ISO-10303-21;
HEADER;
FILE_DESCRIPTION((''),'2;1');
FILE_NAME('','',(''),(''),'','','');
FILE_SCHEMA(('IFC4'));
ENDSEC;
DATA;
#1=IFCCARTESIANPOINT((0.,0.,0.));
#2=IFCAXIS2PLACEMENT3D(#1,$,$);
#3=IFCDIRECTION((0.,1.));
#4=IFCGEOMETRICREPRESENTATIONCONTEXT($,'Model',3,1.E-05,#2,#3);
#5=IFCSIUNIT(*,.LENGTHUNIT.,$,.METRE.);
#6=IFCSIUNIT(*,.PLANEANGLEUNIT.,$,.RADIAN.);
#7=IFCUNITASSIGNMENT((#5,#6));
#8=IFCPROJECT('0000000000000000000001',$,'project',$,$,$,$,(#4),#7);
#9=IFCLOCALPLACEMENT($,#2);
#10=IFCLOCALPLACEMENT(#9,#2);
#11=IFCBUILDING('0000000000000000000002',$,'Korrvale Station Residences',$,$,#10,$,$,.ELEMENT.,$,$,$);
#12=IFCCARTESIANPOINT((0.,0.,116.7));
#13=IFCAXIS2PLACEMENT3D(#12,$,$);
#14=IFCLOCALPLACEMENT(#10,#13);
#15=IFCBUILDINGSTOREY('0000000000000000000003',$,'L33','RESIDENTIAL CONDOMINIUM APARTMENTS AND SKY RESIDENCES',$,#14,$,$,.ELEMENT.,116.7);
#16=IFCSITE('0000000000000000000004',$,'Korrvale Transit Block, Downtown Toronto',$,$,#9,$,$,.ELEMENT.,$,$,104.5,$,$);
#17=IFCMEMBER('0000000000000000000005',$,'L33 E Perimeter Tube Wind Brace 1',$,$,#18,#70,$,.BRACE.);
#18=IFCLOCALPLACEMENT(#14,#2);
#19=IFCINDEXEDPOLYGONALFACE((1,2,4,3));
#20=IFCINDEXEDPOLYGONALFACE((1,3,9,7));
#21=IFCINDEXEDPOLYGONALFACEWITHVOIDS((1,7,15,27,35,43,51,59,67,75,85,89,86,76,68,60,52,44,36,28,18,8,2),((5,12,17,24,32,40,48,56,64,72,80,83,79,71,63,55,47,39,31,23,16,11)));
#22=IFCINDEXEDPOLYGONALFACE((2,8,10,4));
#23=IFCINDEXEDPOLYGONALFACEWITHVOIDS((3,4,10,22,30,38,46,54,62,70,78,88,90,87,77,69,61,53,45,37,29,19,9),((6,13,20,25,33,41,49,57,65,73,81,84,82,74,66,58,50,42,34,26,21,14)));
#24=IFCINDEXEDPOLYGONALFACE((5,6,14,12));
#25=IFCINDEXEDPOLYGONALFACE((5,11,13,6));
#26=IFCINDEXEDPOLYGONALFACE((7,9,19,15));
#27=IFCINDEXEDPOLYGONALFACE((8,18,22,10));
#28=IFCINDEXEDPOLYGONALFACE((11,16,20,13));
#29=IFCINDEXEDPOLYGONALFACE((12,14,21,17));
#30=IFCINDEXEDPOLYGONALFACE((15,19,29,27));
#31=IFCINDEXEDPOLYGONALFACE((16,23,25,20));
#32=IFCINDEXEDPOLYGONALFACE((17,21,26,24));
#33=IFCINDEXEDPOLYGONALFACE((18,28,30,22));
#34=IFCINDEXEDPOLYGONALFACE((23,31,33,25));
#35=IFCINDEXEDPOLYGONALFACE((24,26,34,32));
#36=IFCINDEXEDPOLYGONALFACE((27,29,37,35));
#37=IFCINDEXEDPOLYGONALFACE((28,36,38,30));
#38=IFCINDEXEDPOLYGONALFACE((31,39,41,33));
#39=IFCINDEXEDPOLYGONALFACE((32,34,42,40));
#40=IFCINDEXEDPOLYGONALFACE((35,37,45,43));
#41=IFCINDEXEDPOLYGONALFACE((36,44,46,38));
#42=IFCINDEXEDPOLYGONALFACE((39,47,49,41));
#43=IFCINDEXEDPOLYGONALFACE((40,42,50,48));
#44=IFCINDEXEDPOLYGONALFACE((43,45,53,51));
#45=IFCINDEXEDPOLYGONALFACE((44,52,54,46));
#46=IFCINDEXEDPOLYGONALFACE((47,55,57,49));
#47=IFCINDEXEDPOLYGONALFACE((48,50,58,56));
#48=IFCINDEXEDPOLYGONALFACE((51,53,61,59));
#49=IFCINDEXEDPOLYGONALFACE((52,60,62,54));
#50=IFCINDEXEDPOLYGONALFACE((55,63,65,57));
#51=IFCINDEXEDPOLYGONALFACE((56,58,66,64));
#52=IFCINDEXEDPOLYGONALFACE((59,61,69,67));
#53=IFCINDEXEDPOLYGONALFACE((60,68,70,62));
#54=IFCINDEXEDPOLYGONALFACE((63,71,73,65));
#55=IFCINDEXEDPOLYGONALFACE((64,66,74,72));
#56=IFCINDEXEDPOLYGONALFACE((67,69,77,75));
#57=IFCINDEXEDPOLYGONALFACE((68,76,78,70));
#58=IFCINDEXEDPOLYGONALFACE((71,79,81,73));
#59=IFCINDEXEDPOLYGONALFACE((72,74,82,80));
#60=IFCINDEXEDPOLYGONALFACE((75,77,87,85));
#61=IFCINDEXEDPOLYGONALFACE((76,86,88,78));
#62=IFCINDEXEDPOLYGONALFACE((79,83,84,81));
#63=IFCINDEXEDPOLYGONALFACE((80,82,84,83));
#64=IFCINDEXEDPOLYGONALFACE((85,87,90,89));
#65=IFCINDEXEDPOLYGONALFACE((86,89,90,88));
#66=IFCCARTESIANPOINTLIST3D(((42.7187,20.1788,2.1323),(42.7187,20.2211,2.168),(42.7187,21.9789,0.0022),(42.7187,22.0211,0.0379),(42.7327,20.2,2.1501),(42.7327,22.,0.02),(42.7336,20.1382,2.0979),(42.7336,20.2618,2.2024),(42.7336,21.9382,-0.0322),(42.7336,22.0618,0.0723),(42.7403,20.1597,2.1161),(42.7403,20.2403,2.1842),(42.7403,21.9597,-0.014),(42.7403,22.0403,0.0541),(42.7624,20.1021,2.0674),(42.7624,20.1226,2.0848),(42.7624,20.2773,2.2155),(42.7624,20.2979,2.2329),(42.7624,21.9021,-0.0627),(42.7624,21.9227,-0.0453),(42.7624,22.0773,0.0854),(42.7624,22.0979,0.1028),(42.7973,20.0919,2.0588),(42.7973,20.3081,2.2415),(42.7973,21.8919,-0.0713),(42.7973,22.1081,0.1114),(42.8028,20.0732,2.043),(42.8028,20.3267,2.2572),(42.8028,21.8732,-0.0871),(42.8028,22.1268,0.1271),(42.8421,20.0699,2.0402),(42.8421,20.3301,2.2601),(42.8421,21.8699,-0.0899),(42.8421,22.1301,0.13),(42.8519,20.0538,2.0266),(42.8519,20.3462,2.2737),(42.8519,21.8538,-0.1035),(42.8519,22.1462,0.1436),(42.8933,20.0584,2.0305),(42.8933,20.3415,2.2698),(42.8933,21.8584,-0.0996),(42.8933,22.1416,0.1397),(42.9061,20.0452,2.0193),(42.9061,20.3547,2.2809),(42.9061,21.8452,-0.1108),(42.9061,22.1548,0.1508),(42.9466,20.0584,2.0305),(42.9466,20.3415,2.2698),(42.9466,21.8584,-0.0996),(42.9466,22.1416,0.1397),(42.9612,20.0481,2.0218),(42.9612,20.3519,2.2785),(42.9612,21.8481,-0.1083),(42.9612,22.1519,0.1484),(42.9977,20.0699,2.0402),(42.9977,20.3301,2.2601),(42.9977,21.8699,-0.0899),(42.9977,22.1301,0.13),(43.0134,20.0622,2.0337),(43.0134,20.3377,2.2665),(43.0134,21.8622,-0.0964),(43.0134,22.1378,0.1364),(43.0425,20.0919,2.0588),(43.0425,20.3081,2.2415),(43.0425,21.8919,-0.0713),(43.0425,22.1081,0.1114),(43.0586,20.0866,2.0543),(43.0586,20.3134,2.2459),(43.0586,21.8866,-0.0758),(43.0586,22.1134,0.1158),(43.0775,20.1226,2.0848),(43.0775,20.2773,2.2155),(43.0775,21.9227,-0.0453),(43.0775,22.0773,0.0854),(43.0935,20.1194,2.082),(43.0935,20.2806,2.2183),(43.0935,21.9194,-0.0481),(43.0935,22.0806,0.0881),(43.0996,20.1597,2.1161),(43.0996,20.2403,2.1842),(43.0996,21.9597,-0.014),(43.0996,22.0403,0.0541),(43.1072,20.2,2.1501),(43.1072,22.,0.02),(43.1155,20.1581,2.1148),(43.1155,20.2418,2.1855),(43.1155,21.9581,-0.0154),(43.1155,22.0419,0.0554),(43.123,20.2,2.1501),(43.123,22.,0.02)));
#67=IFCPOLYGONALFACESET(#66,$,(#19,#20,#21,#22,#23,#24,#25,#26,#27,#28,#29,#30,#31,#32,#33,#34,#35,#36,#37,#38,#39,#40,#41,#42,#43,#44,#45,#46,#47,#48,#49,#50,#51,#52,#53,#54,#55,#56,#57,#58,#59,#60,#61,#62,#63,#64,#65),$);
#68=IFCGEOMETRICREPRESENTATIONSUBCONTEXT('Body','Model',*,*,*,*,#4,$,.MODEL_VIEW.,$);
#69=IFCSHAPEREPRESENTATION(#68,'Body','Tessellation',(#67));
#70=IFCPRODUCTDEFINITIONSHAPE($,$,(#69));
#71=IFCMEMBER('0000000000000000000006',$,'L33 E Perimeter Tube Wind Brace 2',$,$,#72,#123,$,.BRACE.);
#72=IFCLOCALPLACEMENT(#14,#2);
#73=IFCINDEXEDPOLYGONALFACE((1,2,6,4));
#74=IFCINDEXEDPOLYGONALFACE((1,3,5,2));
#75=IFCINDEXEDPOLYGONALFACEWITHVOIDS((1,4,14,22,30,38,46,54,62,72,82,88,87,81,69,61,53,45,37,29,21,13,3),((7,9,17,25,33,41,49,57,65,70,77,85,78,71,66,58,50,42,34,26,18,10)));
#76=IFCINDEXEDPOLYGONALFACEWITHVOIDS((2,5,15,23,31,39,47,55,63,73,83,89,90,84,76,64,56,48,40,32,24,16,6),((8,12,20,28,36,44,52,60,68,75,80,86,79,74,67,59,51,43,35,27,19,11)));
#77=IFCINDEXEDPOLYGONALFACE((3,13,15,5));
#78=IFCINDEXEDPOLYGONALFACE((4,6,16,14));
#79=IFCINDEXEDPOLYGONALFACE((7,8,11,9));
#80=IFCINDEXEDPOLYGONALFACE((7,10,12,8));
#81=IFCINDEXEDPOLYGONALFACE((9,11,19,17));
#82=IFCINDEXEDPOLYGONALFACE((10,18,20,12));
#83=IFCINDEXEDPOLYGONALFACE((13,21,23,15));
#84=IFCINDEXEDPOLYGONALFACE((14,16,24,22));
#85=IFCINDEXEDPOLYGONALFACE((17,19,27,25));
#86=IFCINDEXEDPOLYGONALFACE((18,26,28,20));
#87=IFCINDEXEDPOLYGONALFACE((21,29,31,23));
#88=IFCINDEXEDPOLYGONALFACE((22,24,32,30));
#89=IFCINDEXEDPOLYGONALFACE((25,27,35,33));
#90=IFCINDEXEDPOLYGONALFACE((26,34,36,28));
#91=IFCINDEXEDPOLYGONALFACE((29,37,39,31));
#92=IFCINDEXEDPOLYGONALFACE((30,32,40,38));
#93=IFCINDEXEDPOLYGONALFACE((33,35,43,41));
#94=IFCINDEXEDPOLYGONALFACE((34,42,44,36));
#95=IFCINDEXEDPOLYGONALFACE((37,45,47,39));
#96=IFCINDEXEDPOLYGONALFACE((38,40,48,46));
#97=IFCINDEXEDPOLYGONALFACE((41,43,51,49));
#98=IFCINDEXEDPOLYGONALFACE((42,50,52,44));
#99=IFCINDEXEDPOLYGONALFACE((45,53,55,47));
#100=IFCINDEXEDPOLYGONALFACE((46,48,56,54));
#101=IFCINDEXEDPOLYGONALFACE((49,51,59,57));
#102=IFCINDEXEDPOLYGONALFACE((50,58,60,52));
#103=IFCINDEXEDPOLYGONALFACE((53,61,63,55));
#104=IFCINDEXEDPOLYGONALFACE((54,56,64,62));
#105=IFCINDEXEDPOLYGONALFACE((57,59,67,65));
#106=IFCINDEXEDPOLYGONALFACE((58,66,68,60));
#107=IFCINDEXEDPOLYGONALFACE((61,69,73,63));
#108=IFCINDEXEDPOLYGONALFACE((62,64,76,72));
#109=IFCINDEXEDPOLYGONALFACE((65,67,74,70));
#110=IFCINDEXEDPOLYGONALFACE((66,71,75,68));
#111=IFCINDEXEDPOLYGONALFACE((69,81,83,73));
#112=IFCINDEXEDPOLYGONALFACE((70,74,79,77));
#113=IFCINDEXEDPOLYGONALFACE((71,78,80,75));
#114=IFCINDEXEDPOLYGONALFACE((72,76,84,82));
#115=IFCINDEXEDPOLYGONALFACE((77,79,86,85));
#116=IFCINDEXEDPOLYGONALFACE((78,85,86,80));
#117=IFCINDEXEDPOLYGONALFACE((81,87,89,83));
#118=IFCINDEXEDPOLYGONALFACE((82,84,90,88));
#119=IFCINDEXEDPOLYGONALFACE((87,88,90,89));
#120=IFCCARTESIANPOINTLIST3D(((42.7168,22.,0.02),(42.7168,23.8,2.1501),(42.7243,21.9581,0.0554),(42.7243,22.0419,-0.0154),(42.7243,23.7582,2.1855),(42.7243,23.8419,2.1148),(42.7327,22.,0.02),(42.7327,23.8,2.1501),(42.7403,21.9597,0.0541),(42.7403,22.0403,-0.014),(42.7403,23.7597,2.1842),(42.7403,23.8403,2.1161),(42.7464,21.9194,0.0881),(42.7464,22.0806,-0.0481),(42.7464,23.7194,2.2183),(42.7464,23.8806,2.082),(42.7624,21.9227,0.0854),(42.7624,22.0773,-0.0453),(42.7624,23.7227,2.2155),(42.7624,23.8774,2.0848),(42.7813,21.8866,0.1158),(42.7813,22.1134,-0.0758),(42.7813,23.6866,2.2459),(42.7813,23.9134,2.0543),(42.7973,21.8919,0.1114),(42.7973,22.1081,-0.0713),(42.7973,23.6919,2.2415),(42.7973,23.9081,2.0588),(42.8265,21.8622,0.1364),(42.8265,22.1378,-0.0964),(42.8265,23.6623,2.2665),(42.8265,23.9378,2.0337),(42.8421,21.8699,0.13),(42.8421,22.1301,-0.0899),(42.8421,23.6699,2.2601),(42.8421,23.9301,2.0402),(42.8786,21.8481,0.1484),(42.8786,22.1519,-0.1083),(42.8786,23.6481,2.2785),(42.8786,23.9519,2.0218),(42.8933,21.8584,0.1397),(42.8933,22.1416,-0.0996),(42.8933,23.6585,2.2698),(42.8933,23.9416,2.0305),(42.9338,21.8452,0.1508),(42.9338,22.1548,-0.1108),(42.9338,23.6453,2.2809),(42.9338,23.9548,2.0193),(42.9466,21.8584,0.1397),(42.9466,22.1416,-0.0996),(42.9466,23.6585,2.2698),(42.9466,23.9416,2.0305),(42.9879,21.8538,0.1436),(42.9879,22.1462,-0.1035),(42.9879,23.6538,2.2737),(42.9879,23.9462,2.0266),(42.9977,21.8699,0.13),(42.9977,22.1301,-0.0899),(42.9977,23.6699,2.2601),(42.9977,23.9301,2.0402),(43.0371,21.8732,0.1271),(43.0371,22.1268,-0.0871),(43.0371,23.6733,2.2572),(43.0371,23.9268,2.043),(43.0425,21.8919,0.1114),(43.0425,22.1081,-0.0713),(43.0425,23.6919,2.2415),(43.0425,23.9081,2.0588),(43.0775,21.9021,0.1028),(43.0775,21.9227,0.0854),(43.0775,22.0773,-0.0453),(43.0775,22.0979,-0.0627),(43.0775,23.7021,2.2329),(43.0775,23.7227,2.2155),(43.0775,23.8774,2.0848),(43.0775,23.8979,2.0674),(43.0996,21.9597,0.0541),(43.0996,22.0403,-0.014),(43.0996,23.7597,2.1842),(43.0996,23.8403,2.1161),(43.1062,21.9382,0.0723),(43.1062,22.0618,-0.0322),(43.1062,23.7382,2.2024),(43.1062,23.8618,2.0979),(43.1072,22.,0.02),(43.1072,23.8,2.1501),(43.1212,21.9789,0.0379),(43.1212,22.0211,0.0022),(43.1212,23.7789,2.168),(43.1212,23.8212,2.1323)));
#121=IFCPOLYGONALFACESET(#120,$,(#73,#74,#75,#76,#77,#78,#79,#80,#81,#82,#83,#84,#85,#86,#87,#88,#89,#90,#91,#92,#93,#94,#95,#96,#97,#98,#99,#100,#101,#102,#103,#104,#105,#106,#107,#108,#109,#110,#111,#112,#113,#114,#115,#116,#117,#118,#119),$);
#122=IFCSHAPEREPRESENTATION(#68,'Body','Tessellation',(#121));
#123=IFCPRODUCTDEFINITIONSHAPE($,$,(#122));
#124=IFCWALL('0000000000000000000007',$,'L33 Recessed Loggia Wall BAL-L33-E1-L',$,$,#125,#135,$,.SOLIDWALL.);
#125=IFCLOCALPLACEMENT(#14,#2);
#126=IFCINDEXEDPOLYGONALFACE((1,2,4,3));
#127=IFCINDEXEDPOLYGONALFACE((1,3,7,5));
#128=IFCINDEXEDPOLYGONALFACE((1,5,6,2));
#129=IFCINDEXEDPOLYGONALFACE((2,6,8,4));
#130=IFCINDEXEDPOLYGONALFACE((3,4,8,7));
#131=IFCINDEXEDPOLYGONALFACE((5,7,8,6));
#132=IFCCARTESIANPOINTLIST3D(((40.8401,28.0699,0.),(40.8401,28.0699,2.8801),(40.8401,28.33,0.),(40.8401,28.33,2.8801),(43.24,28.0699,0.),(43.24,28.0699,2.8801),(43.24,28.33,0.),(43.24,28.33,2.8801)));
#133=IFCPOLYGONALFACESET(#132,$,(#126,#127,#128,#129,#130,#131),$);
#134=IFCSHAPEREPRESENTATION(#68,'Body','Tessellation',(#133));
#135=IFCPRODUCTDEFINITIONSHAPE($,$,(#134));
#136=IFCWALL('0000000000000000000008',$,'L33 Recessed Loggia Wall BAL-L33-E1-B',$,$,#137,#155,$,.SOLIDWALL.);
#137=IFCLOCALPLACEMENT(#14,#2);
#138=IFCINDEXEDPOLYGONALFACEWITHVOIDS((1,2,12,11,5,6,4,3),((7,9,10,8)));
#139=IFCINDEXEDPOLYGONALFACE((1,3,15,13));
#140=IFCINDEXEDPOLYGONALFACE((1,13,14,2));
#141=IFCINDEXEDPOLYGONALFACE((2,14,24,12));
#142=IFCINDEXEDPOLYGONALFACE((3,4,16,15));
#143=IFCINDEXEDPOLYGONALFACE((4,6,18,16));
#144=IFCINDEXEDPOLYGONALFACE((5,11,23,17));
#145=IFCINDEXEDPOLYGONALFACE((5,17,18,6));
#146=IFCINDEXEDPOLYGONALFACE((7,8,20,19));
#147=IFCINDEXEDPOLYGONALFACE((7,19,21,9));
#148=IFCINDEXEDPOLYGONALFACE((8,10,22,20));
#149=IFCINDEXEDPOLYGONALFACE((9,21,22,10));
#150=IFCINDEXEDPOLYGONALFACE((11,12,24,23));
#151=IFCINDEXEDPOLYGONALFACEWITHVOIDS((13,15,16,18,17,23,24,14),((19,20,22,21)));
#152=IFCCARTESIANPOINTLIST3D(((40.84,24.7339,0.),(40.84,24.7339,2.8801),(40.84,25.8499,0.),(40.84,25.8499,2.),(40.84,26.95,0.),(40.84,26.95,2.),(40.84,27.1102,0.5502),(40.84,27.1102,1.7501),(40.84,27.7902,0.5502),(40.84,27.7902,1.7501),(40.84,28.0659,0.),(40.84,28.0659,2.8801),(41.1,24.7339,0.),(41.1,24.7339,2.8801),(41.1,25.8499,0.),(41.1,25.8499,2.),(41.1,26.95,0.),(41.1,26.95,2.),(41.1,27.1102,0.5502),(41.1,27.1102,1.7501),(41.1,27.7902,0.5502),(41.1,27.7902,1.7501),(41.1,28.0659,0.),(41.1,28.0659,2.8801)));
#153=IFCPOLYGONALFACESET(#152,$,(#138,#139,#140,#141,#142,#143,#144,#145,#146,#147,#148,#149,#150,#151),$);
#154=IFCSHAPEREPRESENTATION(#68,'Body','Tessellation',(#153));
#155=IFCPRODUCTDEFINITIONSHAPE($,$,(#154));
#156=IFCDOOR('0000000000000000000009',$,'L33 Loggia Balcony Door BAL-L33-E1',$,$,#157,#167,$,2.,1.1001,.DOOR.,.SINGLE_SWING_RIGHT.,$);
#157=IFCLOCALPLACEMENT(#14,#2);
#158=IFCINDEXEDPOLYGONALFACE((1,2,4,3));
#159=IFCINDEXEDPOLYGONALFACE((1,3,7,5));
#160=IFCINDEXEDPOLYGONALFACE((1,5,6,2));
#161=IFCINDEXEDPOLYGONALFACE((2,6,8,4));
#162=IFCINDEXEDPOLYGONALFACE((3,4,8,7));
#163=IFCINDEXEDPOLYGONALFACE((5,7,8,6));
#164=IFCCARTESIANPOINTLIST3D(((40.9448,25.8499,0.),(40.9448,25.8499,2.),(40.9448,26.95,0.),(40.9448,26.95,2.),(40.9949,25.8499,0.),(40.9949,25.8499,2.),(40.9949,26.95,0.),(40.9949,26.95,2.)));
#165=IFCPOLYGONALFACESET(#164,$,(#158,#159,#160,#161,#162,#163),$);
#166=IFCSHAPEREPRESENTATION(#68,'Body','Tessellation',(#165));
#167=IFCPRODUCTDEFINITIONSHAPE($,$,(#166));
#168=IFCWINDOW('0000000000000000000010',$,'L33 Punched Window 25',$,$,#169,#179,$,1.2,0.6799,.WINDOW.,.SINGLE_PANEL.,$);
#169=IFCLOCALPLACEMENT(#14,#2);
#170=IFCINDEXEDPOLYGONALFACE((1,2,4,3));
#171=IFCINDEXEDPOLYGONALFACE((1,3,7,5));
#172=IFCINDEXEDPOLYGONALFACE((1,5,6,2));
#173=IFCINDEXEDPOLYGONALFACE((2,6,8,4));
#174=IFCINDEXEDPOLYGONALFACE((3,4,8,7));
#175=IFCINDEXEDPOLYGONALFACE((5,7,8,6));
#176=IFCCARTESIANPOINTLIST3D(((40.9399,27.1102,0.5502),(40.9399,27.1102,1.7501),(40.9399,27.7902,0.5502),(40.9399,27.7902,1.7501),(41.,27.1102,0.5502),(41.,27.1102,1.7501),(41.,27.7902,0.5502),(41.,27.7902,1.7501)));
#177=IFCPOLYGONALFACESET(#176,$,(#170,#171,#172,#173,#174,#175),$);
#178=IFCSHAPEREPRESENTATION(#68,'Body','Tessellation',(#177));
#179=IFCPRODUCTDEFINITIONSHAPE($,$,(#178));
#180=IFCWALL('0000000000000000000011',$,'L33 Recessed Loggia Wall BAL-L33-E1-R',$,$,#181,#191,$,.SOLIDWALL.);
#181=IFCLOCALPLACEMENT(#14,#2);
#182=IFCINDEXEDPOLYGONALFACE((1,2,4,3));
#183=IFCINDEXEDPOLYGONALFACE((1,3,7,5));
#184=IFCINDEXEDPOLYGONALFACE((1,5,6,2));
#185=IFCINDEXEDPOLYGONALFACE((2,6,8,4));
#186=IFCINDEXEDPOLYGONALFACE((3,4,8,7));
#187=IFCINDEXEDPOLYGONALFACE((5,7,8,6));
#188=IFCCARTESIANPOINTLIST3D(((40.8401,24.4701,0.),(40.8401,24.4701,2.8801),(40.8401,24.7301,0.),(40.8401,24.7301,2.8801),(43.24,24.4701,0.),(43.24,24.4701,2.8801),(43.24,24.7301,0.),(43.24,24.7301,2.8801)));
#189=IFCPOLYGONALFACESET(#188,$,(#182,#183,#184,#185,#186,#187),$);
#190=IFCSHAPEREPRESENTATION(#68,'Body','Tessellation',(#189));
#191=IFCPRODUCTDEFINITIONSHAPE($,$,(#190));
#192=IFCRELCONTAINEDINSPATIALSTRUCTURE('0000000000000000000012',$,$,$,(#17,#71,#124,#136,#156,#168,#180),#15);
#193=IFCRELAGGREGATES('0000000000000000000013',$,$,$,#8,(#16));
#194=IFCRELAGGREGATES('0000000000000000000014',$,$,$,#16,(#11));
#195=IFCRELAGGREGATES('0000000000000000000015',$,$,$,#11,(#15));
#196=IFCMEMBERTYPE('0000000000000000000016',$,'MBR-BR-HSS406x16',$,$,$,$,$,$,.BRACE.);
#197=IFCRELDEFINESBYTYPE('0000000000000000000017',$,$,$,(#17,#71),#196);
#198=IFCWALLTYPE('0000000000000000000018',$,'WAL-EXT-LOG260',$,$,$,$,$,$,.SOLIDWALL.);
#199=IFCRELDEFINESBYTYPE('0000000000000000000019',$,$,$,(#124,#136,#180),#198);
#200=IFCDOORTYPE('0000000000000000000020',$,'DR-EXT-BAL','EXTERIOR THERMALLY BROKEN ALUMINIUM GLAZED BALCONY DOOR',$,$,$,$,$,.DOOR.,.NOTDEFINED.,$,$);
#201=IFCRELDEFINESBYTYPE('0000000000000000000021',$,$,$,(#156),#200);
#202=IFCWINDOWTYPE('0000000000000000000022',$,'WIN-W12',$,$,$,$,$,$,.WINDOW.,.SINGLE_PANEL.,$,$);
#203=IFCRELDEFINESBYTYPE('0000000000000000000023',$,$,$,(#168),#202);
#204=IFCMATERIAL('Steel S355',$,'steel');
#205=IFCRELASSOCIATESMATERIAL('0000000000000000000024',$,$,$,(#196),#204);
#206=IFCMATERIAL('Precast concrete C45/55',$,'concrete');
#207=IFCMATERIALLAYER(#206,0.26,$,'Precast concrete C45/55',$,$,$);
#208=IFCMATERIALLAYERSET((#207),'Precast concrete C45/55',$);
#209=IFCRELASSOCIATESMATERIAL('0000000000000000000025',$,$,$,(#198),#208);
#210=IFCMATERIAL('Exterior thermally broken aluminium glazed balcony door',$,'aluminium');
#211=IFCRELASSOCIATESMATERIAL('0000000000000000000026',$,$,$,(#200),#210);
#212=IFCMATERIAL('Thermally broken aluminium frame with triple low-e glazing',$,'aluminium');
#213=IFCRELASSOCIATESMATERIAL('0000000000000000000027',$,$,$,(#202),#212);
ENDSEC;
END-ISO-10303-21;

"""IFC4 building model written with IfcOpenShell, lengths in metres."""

from ifc_helpers import new_model, si_unit, direction, frame, frame_2d, origin, origin_2d, place, context, subcontext, project, spatial, rectangle, hollow_circle, extrude, material, layer, layer_set, material_profile, profile_set, type_object, element, fill, save


model = new_model("IFC4")

# Units and contexts
model_context = context("Model", 3, precision=1e-05, world=origin(), true_north=direction((0.0, 1.0)))
body_context = subcontext(model_context, "Body", "Model", "MODEL_VIEW")
ifc_project = project(units=[si_unit("LENGTHUNIT", "METRE"), si_unit("PLANEANGLEUNIT", "RADIAN")], contexts=[model_context])

# Site, building, storey
site_placement = place(None, origin())
site = spatial("IfcSite", under=ifc_project, at=site_placement, Name="Korrvale Transit Block, Downtown Toronto", CompositionType="ELEMENT", RefElevation=104.5)
building_placement = place(site_placement, origin())
building = spatial("IfcBuilding", under=site, at=building_placement, Name="Korrvale Station Residences", CompositionType="ELEMENT")
storey_placement = place(building_placement, frame((0.0, 0.0, 116.7)))
storey = spatial("IfcBuildingStorey", under=building, at=storey_placement, Name="L33", Description="RESIDENTIAL CONDOMINIUM APARTMENTS AND SKY RESIDENCES", CompositionType="ELEMENT", Elevation=116.7)

# Shared definitions
ifc_material_1 = material(Name="Steel S355", Category="steel")

# Members
ifc_material_profile_1 = material_profile(ifc_material_1, hollow_circle(Radius=0.2031, WallThickness=0.0159, at=origin_2d()), Name="HSS406x16")
ifc_profile_set_1 = profile_set([ifc_material_profile_1], Name="Steel S355")
member_type = type_object("IfcMemberType", Name="MBR-BR-HSS406x16", PredefinedType="BRACE", material=ifc_profile_set_1)
for number, where, z_axis, x_axis, name in (
    (1, (42.9199, 22.0, 0.02), (0.0, -0.645448, 0.763805), (1.0, 0.0, 0.0), "L33 E Perimeter Tube Wind Brace 1"),
    (2, (42.9199, 22.0, 0.02), (0.0, 0.645448, 0.763805), (-1.0, 0.0, 0.0), "L33 E Perimeter Tube Wind Brace 2"),
):
    element("IfcMember", number, at=place(storey_placement, frame(where, z_axis=z_axis, x_axis=x_axis)), inside=storey, type_object=member_type, Name=name, PredefinedType="BRACE", context=body_context, shape_type="SweptSolid", body=[
        extrude(hollow_circle(Radius=0.2031, WallThickness=0.0159, at=origin_2d()), origin(), (0.0, 0.0, 1.0), 2.7888),
    ])

# Wall
ifc_material_2 = material(Name="Precast concrete C45/55", Category="concrete")
ifc_layer_1 = layer(ifc_material_2, 0.26, Name="Precast concrete C45/55")
ifc_layer_set_1 = layer_set([ifc_layer_1], Name="Precast concrete C45/55")
wall_type_1 = type_object("IfcWallType", Name="WAL-EXT-LOG260", PredefinedType="SOLIDWALL", material=ifc_layer_set_1)
wall_1_placement = place(storey_placement, frame((43.24, 28.2, 0.0), z_axis=(0.0, 0.0, 1.0), x_axis=(-1.0, 0.0, 0.0)))
element("IfcWall", 3, at=wall_1_placement, inside=storey, type_object=wall_type_1, Name="L33 Recessed Loggia Wall BAL-L33-E1-L", PredefinedType="SOLIDWALL", context=body_context, shape_type="SweptSolid", body=[
    extrude(rectangle(XDim=2.3999, YDim=0.26, at=frame_2d((1.2, 0.0))), origin(), (0.0, 0.0, 1.0), 2.8801),
])

# Wall, openings, door, window
wall_2_placement = place(storey_placement, frame((40.97, 28.0659, 0.0), z_axis=(0.0, 0.0, 1.0), x_axis=(0.0, -1.0, 0.0)))
wall_2 = element("IfcWall", 4, at=wall_2_placement, inside=storey, type_object=wall_type_1, Name="L33 Recessed Loggia Wall BAL-L33-E1-B", PredefinedType="SOLIDWALL", context=body_context, shape_type="SweptSolid", body=[
    extrude(rectangle(XDim=3.332, YDim=0.26, at=frame_2d((1.666, 0.0))), origin(), (0.0, 0.0, 1.0), 2.8801),
])
opening_1_placement = place(wall_2_placement, frame((1.116, 0.0, 0.0)))
opening_1 = element("IfcOpeningElement", 5, at=opening_1_placement, cuts=wall_2, PredefinedType="OPENING", context=body_context, shape_type="SweptSolid", body=[
    extrude(rectangle(XDim=1.1001, YDim=2.0, at=frame_2d((0.55, 1.0))), frame((0.0, 0.1401, 0.0), z_axis=(0.0, -1.0, 0.0), x_axis=(1.0, 0.0, 0.0)), (0.0, 0.0, 1.0), 0.28),
])
opening_2_placement = place(wall_2_placement, frame((0.2759, 0.0, 0.55)))
opening_2 = element("IfcOpeningElement", 6, at=opening_2_placement, cuts=wall_2, PredefinedType="OPENING", context=body_context, shape_type="SweptSolid", body=[
    extrude(rectangle(XDim=0.6799, YDim=1.2, at=frame_2d((0.3398, 0.6001))), frame((0.0, 0.1401, 0.0), z_axis=(0.0, -1.0, 0.0), x_axis=(1.0, 0.0, 0.0)), (0.0, 0.0, 1.0), 0.28),
])
ifc_material_3 = material(Name="Exterior thermally broken aluminium glazed balcony door", Category="aluminium")
door_type_1 = type_object("IfcDoorType", Name="DR-EXT-BAL", Description="EXTERIOR THERMALLY BROKEN ALUMINIUM GLAZED BALCONY DOOR", OperationType="NOTDEFINED", PredefinedType="DOOR", material=ifc_material_3)
door_1_placement = place(opening_1_placement, origin())
door_1 = element("IfcDoor", 7, at=door_1_placement, inside=storey, type_object=door_type_1, Name="L33 Loggia Balcony Door BAL-L33-E1", OperationType="SINGLE_SWING_RIGHT", OverallHeight=2.0, OverallWidth=1.1001, PredefinedType="DOOR", context=body_context, shape_type="SweptSolid", body=[
    extrude(rectangle(XDim=1.1001, YDim=2.0, at=frame_2d((0.55, 1.0))), frame((0.0, 0.0249, 0.0), z_axis=(0.0, -1.0, 0.0), x_axis=(1.0, 0.0, 0.0)), (0.0, 0.0, 1.0), 0.05),
])
fill(opening_1, door_1)
ifc_material_4 = material(Name="Thermally broken aluminium frame with triple low-e glazing", Category="aluminium")
window_type_1 = type_object("IfcWindowType", Name="WIN-W12", PartitioningType="SINGLE_PANEL", PredefinedType="WINDOW", material=ifc_material_4)
window_1_placement = place(opening_2_placement, origin())
window_1 = element("IfcWindow", 8, at=window_1_placement, inside=storey, type_object=window_type_1, Name="L33 Punched Window 25", OverallHeight=1.2, OverallWidth=0.6799, PartitioningType="SINGLE_PANEL", PredefinedType="WINDOW", context=body_context, shape_type="SweptSolid", body=[
    extrude(rectangle(XDim=0.6799, YDim=1.2, at=frame_2d((0.3398, 0.6001))), frame((0.0, 0.03, 0.0), z_axis=(0.0, -1.0, 0.0), x_axis=(1.0, 0.0, 0.0)), (0.0, 0.0, 1.0), 0.0601),
])
fill(opening_2, window_1)

# Wall
wall_3_placement = place(storey_placement, frame((40.8401, 24.6001, 0.0), z_axis=(0.0, 0.0, 1.0), x_axis=(1.0, 0.0, 0.0)))
element("IfcWall", 9, at=wall_3_placement, inside=storey, type_object=wall_type_1, Name="L33 Recessed Loggia Wall BAL-L33-E1-R", PredefinedType="SOLIDWALL", context=body_context, shape_type="SweptSolid", body=[
    extrude(rectangle(XDim=2.3999, YDim=0.26, at=frame_2d((1.2, 0.0))), origin(), (0.0, 0.0, 1.0), 2.8801),
])

save(model, "model.ifc")
